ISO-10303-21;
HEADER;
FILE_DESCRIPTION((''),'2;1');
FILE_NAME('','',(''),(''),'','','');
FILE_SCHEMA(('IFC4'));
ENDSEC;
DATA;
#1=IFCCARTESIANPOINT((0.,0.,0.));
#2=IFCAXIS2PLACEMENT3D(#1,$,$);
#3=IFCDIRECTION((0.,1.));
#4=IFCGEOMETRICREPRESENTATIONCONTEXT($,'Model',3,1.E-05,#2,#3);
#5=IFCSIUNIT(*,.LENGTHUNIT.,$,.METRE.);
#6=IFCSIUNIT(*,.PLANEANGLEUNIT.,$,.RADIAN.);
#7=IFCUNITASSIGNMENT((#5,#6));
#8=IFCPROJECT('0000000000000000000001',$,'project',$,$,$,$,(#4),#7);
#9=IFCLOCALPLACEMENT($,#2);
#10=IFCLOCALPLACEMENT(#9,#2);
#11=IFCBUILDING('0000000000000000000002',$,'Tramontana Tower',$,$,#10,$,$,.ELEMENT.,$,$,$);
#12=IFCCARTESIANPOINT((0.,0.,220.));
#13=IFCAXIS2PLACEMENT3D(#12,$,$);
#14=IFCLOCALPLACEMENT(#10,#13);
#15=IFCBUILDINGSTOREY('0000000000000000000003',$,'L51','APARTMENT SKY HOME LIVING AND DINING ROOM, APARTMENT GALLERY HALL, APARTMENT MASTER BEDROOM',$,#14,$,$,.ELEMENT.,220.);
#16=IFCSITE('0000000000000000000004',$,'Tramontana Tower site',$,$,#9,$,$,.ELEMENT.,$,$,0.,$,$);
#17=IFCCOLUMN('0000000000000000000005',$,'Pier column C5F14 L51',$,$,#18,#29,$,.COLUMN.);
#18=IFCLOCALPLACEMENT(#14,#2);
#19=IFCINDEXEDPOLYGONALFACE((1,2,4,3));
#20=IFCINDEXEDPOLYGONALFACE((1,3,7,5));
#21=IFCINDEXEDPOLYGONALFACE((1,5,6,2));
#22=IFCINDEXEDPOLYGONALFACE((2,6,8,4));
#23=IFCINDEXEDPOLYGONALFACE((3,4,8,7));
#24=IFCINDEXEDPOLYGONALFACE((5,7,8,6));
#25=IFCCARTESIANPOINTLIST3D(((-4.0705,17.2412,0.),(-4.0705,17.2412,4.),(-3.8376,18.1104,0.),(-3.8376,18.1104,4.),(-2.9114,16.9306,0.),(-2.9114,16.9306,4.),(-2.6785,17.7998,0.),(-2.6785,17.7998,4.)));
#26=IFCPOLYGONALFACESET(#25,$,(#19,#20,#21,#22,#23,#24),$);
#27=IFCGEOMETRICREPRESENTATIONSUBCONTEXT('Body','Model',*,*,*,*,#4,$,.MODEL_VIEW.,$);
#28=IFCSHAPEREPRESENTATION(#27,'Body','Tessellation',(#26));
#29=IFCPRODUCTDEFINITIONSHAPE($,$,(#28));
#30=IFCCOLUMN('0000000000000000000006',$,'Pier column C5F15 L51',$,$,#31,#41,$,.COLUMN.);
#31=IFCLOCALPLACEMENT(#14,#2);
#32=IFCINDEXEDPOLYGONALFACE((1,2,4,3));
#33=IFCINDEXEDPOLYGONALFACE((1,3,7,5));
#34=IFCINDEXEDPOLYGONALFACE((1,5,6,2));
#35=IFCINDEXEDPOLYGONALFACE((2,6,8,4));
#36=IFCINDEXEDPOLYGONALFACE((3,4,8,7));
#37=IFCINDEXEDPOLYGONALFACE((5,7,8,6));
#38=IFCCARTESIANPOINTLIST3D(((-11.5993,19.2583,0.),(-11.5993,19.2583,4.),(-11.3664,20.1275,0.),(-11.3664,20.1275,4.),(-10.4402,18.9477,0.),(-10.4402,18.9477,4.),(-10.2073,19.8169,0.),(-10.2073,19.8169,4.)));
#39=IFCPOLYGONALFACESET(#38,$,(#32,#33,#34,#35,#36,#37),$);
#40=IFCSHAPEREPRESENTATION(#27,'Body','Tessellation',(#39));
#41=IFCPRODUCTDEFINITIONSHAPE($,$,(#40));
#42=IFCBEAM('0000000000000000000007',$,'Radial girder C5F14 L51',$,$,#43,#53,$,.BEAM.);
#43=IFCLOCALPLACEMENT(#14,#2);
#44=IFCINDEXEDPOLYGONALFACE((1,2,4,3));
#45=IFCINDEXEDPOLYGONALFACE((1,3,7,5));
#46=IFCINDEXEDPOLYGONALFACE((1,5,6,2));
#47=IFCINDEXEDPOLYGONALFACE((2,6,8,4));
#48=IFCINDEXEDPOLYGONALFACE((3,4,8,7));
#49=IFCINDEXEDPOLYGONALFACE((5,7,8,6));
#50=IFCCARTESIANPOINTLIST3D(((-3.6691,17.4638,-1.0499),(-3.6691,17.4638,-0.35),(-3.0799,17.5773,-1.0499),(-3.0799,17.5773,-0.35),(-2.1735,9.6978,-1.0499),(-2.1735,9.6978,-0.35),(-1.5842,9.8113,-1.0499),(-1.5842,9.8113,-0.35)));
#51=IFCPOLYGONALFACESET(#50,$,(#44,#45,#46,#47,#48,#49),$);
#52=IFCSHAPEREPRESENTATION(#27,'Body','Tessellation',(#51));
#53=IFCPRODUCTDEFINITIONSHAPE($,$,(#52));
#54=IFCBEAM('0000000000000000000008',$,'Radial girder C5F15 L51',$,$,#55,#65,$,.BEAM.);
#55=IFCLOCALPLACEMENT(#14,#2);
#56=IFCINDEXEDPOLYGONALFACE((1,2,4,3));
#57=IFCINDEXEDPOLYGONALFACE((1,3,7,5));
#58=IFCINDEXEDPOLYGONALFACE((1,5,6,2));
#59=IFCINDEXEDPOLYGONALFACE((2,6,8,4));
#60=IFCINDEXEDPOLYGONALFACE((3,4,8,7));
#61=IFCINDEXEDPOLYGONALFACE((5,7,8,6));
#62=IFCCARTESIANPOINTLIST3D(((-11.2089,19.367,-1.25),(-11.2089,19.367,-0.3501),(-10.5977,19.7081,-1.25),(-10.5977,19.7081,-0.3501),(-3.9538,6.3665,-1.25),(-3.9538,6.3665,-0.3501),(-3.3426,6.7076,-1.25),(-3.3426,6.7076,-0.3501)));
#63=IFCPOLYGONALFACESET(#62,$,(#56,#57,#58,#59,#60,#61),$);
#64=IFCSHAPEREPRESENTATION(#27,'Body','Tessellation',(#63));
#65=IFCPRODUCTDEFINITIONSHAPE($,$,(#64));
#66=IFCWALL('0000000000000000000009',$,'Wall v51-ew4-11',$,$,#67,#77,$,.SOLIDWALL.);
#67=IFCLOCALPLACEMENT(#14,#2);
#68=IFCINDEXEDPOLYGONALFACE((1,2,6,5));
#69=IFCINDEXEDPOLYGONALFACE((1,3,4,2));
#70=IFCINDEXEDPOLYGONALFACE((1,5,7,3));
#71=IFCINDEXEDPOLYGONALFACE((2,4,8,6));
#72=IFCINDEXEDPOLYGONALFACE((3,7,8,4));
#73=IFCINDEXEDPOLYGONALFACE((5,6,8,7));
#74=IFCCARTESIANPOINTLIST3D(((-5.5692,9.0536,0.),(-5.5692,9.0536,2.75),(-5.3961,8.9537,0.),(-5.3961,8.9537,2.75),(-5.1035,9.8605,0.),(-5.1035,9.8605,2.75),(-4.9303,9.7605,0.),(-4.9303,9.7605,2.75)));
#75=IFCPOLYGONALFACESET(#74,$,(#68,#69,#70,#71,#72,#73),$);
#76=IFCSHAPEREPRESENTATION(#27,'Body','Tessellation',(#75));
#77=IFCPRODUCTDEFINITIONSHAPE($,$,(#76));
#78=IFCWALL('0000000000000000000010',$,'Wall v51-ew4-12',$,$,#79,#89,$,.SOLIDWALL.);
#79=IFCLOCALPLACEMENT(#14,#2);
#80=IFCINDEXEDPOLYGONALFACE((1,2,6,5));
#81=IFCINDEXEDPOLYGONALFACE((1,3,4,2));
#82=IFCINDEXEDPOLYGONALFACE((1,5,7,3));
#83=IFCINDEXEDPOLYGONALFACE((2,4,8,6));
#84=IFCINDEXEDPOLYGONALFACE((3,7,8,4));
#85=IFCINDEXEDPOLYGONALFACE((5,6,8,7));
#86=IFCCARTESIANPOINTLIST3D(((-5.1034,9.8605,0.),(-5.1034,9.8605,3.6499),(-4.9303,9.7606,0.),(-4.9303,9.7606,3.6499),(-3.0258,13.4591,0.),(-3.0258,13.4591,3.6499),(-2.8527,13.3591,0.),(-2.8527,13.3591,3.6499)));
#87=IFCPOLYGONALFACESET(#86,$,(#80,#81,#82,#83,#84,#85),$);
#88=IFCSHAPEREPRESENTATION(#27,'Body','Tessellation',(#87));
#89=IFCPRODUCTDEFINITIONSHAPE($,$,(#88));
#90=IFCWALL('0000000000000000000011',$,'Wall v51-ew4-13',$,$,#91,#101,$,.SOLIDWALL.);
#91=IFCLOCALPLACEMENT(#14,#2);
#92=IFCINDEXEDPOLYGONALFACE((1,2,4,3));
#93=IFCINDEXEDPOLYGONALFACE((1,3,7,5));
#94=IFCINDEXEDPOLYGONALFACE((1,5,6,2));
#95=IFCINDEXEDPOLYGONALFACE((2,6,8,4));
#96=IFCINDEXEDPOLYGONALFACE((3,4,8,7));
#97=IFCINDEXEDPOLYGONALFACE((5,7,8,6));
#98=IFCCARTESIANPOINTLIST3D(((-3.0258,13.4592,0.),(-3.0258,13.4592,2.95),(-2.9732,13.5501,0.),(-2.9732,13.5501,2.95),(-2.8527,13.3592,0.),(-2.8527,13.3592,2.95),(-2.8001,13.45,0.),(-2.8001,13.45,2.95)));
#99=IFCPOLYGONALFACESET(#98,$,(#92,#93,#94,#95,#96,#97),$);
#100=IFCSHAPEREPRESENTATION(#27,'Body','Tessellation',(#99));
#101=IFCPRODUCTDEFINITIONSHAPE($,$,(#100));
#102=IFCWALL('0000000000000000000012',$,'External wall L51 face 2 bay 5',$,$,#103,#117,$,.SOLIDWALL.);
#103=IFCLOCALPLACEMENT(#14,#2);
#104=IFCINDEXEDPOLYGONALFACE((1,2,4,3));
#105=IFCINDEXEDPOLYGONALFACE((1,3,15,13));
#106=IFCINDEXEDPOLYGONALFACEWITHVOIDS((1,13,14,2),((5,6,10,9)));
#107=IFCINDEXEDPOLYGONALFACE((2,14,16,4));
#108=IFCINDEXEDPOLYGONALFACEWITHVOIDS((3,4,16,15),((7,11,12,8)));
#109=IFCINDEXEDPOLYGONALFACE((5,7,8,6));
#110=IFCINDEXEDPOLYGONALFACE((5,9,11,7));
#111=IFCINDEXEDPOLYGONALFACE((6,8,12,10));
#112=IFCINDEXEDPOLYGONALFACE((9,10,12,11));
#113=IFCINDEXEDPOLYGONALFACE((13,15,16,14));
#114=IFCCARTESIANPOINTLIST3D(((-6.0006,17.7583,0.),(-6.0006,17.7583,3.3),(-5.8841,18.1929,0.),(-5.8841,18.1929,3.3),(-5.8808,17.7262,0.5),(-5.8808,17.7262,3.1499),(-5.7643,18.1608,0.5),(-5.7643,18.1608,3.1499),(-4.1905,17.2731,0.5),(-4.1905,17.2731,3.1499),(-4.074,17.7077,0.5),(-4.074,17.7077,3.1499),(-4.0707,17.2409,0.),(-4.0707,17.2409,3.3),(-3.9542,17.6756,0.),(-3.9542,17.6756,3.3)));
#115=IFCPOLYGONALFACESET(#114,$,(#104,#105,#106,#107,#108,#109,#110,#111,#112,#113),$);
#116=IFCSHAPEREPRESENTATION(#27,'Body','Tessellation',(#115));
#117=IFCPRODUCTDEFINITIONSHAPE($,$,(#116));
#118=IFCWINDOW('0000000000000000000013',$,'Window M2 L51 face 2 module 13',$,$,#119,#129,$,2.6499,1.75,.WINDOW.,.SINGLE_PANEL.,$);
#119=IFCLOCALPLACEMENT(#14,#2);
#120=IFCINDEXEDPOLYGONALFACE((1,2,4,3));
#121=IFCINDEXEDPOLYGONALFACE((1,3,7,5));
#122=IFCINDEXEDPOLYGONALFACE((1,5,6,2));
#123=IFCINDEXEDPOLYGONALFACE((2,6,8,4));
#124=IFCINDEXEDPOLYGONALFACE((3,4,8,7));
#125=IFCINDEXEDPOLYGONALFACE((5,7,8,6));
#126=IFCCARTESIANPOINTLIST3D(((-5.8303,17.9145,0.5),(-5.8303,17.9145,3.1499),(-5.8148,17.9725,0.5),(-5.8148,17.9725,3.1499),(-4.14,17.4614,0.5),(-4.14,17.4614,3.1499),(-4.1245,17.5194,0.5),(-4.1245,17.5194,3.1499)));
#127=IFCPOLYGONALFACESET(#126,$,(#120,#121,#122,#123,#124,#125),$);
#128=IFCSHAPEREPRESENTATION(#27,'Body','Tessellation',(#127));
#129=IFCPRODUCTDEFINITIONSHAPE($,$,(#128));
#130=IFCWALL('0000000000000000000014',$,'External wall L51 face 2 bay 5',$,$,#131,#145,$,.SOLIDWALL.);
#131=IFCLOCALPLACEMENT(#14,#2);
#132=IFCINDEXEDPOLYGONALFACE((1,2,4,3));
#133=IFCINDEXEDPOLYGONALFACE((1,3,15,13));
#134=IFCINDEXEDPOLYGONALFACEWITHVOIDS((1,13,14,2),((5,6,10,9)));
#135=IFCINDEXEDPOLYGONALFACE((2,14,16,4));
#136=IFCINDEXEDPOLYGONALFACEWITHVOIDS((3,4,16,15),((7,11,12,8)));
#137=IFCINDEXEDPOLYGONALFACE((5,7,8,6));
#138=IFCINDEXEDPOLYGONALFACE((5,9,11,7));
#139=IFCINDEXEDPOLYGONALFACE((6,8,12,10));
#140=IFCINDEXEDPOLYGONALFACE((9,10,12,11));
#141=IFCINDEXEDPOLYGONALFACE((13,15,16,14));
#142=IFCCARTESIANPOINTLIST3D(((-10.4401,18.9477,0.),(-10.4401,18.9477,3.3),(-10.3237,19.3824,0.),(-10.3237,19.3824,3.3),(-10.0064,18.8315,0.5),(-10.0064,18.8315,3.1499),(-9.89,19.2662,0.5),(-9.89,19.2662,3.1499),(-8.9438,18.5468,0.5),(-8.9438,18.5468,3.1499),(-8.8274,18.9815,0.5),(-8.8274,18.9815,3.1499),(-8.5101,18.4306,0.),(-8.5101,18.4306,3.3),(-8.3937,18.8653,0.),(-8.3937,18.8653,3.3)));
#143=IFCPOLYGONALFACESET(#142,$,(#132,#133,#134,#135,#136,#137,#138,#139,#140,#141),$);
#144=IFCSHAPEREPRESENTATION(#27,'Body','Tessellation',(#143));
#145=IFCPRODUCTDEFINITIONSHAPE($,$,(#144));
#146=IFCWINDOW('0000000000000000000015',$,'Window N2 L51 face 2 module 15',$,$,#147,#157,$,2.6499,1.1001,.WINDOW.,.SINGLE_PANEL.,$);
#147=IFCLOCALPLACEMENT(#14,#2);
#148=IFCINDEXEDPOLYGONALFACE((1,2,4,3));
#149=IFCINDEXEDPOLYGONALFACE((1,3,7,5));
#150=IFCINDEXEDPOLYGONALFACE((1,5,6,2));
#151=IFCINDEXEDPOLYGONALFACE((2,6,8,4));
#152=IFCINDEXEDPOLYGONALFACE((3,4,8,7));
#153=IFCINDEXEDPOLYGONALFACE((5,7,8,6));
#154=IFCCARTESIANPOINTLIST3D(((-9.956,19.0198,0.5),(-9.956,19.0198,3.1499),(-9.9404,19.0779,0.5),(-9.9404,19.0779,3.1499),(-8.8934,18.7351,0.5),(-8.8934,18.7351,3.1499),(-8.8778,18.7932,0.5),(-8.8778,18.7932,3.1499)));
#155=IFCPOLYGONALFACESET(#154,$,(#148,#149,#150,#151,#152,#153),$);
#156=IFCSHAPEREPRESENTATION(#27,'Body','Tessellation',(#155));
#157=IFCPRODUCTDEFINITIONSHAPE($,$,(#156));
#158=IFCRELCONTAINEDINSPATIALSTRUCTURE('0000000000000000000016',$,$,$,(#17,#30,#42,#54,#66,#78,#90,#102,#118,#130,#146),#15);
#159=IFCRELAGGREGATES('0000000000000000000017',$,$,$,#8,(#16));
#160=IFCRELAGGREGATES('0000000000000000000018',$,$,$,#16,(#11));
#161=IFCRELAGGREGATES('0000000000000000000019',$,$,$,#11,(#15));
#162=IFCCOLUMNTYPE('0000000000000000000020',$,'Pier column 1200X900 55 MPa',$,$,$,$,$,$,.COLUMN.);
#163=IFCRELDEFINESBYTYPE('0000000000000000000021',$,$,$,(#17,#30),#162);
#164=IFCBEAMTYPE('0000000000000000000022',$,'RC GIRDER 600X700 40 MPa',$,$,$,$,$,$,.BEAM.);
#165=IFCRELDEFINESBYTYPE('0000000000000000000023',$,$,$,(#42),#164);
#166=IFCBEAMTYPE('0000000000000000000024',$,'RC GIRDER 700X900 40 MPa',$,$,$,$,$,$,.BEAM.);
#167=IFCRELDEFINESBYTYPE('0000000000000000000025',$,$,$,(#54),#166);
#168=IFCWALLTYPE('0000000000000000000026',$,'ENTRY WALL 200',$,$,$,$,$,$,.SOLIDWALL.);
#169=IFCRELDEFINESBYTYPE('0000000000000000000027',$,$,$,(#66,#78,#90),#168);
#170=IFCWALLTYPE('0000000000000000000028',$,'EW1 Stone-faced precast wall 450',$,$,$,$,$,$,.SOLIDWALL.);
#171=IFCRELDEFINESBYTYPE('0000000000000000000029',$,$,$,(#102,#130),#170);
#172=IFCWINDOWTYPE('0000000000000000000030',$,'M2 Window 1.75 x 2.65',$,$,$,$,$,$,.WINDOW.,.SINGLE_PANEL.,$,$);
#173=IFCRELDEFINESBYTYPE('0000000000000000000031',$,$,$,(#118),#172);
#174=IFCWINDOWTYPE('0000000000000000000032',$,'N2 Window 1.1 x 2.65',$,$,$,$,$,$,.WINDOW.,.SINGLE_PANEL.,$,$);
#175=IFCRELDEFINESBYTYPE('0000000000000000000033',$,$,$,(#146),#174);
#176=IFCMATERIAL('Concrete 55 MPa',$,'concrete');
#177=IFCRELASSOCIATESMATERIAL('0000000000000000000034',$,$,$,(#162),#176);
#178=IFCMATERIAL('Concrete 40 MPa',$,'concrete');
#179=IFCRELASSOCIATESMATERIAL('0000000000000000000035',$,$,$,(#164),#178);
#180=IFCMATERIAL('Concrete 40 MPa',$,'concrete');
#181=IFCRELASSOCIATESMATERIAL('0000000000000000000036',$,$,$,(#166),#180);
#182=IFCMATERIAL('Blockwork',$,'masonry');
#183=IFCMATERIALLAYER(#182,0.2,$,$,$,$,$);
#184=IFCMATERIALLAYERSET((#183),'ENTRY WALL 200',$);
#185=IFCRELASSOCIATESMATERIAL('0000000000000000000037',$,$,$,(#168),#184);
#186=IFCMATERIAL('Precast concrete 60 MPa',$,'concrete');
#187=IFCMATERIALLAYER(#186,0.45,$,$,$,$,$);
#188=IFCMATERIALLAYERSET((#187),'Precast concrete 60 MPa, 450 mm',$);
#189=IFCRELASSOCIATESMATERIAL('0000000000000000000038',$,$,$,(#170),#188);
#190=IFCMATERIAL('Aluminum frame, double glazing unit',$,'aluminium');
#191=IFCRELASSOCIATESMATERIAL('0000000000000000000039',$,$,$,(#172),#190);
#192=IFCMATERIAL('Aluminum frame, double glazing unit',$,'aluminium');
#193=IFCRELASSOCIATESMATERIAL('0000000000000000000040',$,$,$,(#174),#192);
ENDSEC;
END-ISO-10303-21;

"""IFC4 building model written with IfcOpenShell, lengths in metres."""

from ifc_helpers import new_model, si_unit, direction, frame, frame_2d, origin, origin_2d, place, context, subcontext, project, spatial, rectangle, extrude, material, layer, layer_set, material_profile, profile_set, type_object, element, fill, save


model = new_model("IFC4")

# Units and contexts
model_context = context("Model", 3, precision=1e-05, world=origin(), true_north=direction((0.0, 1.0)))
body_context = subcontext(model_context, "Body", "Model", "MODEL_VIEW")
ifc_project = project(units=[si_unit("LENGTHUNIT", "METRE"), si_unit("PLANEANGLEUNIT", "RADIAN")], contexts=[model_context])

# Site, building, storey
site_placement = place(None, origin())
site = spatial("IfcSite", under=ifc_project, at=site_placement, Name="Tramontana Tower site", CompositionType="ELEMENT", RefElevation=0.0)
building_placement = place(site_placement, origin())
building = spatial("IfcBuilding", under=site, at=building_placement, Name="Tramontana Tower", CompositionType="ELEMENT")
storey_placement = place(building_placement, frame((0.0, 0.0, 220.0)))
storey = spatial("IfcBuildingStorey", under=building, at=storey_placement, Name="L51", Description="APARTMENT SKY HOME LIVING AND DINING ROOM, APARTMENT GALLERY HALL, APARTMENT MASTER BEDROOM", CompositionType="ELEMENT", Elevation=220.0)

# Columns
ifc_material_1 = material(Name="Concrete 55 MPa", Category="concrete")
ifc_material_profile_1 = material_profile(ifc_material_1, rectangle(XDim=1.2, YDim=0.8999, at=origin_2d()), Name="Pier column 1200X900 55 MPa")
ifc_profile_set_1 = profile_set([ifc_material_profile_1], Name="Concrete 55 MPa")
column_type = type_object("IfcColumnType", Name="Pier column 1200X900 55 MPa", PredefinedType="COLUMN", material=ifc_profile_set_1)
for number, where, z_axis, x_axis, name in (
    (1, (-3.3745, 17.5205, 0.0), (0.0, 0.0, 1.0), (-0.965926, 0.258819, 0.0), "Pier column C5F14 L51"),
    (2, (-10.9033, 19.5376, 0.0), (0.0, 0.0, 1.0), (-0.965926, 0.258819, 0.0), "Pier column C5F15 L51"),
):
    element("IfcColumn", number, at=place(storey_placement, frame(where, z_axis=z_axis, x_axis=x_axis)), inside=storey, type_object=column_type, Name=name, PredefinedType="COLUMN", context=body_context, shape_type="SweptSolid", body=[
        extrude(rectangle(XDim=1.2, YDim=0.8999, at=origin_2d()), origin(), (0.0, 0.0, 1.0), 4.0),
    ])

# Beams
ifc_material_2 = material(Name="Concrete 40 MPa", Category="concrete")
ifc_material_profile_2 = material_profile(ifc_material_2, rectangle(XDim=0.6001, YDim=0.7, at=origin_2d()), Name="RC GIRDER 600X700 40 MPa")
ifc_profile_set_2 = profile_set([ifc_material_profile_2], Name="Concrete 40 MPa")
beam_type_1 = type_object("IfcBeamType", Name="RC GIRDER 600X700 40 MPa", PredefinedType="BEAM", material=ifc_profile_set_2)
beam_1_placement = place(storey_placement, frame((-3.3745, 17.5205, -0.7), z_axis=(0.189112, -0.981956, 0.0), x_axis=(0.981956, 0.189112, 0.0)))
element("IfcBeam", 3, at=beam_1_placement, inside=storey, type_object=beam_type_1, Name="Radial girder C5F14 L51", PredefinedType="BEAM", context=body_context, shape_type="SweptSolid", body=[
    extrude(rectangle(XDim=0.6001, YDim=0.7, at=origin_2d()), origin(), (0.0, 0.0, 1.0), 7.9087),
])
ifc_material_3 = material(Name="Concrete 40 MPa", Category="concrete")
ifc_material_profile_3 = material_profile(ifc_material_3, rectangle(XDim=0.7, YDim=0.8999, at=origin_2d()), Name="RC GIRDER 700X900 40 MPa")
ifc_profile_set_3 = profile_set([ifc_material_profile_3], Name="Concrete 40 MPa")
beam_type_2 = type_object("IfcBeamType", Name="RC GIRDER 700X900 40 MPa", PredefinedType="BEAM", material=ifc_profile_set_3)
beam_2_placement = place(storey_placement, frame((-10.9033, 19.5376, -0.8), z_axis=(0.487317, -0.873225, 0.0), x_axis=(0.873225, 0.487317, 0.0)))
element("IfcBeam", 4, at=beam_2_placement, inside=storey, type_object=beam_type_2, Name="Radial girder C5F15 L51", PredefinedType="BEAM", context=body_context, shape_type="SweptSolid", body=[
    extrude(rectangle(XDim=0.7, YDim=0.8999, at=origin_2d()), origin(), (0.0, 0.0, 1.0), 14.8879),
])

# Walls
ifc_material_4 = material(Name="Blockwork", Category="masonry")
ifc_layer_1 = layer(ifc_material_4, 0.2)
ifc_layer_set_1 = layer_set([ifc_layer_1], Name="ENTRY WALL 200")
wall_type_1 = type_object("IfcWallType", Name="ENTRY WALL 200", PredefinedType="SOLIDWALL", material=ifc_layer_set_1)
wall_1_placement = place(storey_placement, frame((-5.4827, 9.0037, 0.0), z_axis=(0.0, 0.0, 1.0), x_axis=(0.499972, 0.866042, 0.0)))
element("IfcWall", 5, at=wall_1_placement, inside=storey, type_object=wall_type_1, Name="Wall v51-ew4-11", PredefinedType="SOLIDWALL", context=body_context, shape_type="SweptSolid", body=[
    extrude(rectangle(XDim=0.9316, YDim=0.2, at=frame_2d((0.4658, 0.0))), origin(), (0.0, 0.0, 1.0), 2.75),
])
wall_2_placement = place(storey_placement, frame((-5.0168, 9.8105, 0.0), z_axis=(0.0, 0.0, 1.0), x_axis=(0.499994, 0.866029, 0.0)))
element("IfcWall", 6, at=wall_2_placement, inside=storey, type_object=wall_type_1, Name="Wall v51-ew4-12", PredefinedType="SOLIDWALL", context=body_context, shape_type="SweptSolid", body=[
    extrude(rectangle(XDim=4.1553, YDim=0.2, at=frame_2d((2.0776, 0.0))), origin(), (0.0, 0.0, 1.0), 3.6499),
])
wall_3_placement = place(storey_placement, frame((-2.9392, 13.4092, 0.0), z_axis=(0.0, 0.0, 1.0), x_axis=(0.500394, 0.865798, 0.0)))
element("IfcWall", 7, at=wall_3_placement, inside=storey, type_object=wall_type_1, Name="Wall v51-ew4-13", PredefinedType="SOLIDWALL", context=body_context, shape_type="SweptSolid", body=[
    extrude(rectangle(XDim=0.105, YDim=0.2, at=frame_2d((0.0525, 0.0))), origin(), (0.0, 0.0, 1.0), 2.95),
])

# Walls, openings, windows
ifc_material_5 = material(Name="Precast concrete 60 MPa", Category="concrete")
ifc_layer_2 = layer(ifc_material_5, 0.45)
ifc_layer_set_2 = layer_set([ifc_layer_2], Name="Precast concrete 60 MPa, 450 mm")
wall_type_2 = type_object("IfcWallType", Name="EW1 Stone-faced precast wall 450", PredefinedType="SOLIDWALL", material=ifc_layer_set_2)
wall_4_placement = place(storey_placement, frame((-4.0125, 17.4583, 0.0), z_axis=(0.0, 0.0, 1.0), x_axis=(-0.9659, 0.258917, 0.0)))
wall_4 = element("IfcWall", 8, at=wall_4_placement, inside=storey, type_object=wall_type_2, Name="External wall L51 face 2 bay 5", PredefinedType="SOLIDWALL", context=body_context, shape_type="SweptSolid", body=[
    extrude(rectangle(XDim=1.998, YDim=0.45, at=frame_2d((0.999, 0.0))), origin(), (0.0, 0.0, 1.0), 3.3),
])
opening_1_placement = place(wall_4_placement, frame((0.124, 0.0, 0.5)))
opening_1 = element("IfcOpeningElement", 9, at=opening_1_placement, cuts=wall_4, PredefinedType="OPENING", context=body_context, shape_type="SweptSolid", body=[
    extrude(rectangle(XDim=1.75, YDim=2.6499, at=frame_2d((0.875, 1.325))), frame((0.0, 0.2349, 0.0), z_axis=(0.0, -1.0, 0.0), x_axis=(1.0, 0.0, 0.0)), (0.0, 0.0, 1.0), 0.47),
])
ifc_material_6 = material(Name="Aluminum frame, double glazing unit", Category="aluminium")
window_type_1 = type_object("IfcWindowType", Name="M2 Window 1.75 x 2.65", PartitioningType="SINGLE_PANEL", PredefinedType="WINDOW", material=ifc_material_6)
window_1_placement = place(opening_1_placement, origin())
window_1 = element("IfcWindow", 10, at=window_1_placement, inside=storey, type_object=window_type_1, Name="Window M2 L51 face 2 module 13", OverallHeight=2.6499, OverallWidth=1.75, PartitioningType="SINGLE_PANEL", PredefinedType="WINDOW", context=body_context, shape_type="SweptSolid", body=[
    extrude(rectangle(XDim=1.75, YDim=2.6499, at=frame_2d((0.875, 1.325))), frame((0.0, 0.03, 0.0), z_axis=(0.0, -1.0, 0.0), x_axis=(1.0, 0.0, 0.0)), (0.0, 0.0, 1.0), 0.0601),
])
fill(opening_1, window_1)
wall_5_placement = place(storey_placement, frame((-8.4519, 18.6479, 0.0), z_axis=(0.0, 0.0, 1.0), x_axis=(-0.96593, 0.258803, 0.0)))
wall_5 = element("IfcWall", 11, at=wall_5_placement, inside=storey, type_object=wall_type_2, Name="External wall L51 face 2 bay 5", PredefinedType="SOLIDWALL", context=body_context, shape_type="SweptSolid", body=[
    extrude(rectangle(XDim=1.998, YDim=0.45, at=frame_2d((0.999, 0.0))), origin(), (0.0, 0.0, 1.0), 3.3),
])
opening_2_placement = place(wall_5_placement, frame((0.449, 0.0, 0.5)))
opening_2 = element("IfcOpeningElement", 12, at=opening_2_placement, cuts=wall_5, PredefinedType="OPENING", context=body_context, shape_type="SweptSolid", body=[
    extrude(rectangle(XDim=1.1001, YDim=2.6499, at=frame_2d((0.55, 1.325))), frame((0.0, 0.2349, 0.0), z_axis=(0.0, -1.0, 0.0), x_axis=(1.0, 0.0, 0.0)), (0.0, 0.0, 1.0), 0.47),
])
ifc_material_7 = material(Name="Aluminum frame, double glazing unit", Category="aluminium")
window_type_2 = type_object("IfcWindowType", Name="N2 Window 1.1 x 2.65", PartitioningType="SINGLE_PANEL", PredefinedType="WINDOW", material=ifc_material_7)
window_2_placement = place(opening_2_placement, origin())
window_2 = element("IfcWindow", 13, at=window_2_placement, inside=storey, type_object=window_type_2, Name="Window N2 L51 face 2 module 15", OverallHeight=2.6499, OverallWidth=1.1001, PartitioningType="SINGLE_PANEL", PredefinedType="WINDOW", context=body_context, shape_type="SweptSolid", body=[
    extrude(rectangle(XDim=1.1001, YDim=2.6499, at=frame_2d((0.55, 1.325))), frame((0.0, 0.03, 0.0), z_axis=(0.0, -1.0, 0.0), x_axis=(1.0, 0.0, 0.0)), (0.0, 0.0, 1.0), 0.0601),
])
fill(opening_2, window_2)

save(model, "model.ifc")
